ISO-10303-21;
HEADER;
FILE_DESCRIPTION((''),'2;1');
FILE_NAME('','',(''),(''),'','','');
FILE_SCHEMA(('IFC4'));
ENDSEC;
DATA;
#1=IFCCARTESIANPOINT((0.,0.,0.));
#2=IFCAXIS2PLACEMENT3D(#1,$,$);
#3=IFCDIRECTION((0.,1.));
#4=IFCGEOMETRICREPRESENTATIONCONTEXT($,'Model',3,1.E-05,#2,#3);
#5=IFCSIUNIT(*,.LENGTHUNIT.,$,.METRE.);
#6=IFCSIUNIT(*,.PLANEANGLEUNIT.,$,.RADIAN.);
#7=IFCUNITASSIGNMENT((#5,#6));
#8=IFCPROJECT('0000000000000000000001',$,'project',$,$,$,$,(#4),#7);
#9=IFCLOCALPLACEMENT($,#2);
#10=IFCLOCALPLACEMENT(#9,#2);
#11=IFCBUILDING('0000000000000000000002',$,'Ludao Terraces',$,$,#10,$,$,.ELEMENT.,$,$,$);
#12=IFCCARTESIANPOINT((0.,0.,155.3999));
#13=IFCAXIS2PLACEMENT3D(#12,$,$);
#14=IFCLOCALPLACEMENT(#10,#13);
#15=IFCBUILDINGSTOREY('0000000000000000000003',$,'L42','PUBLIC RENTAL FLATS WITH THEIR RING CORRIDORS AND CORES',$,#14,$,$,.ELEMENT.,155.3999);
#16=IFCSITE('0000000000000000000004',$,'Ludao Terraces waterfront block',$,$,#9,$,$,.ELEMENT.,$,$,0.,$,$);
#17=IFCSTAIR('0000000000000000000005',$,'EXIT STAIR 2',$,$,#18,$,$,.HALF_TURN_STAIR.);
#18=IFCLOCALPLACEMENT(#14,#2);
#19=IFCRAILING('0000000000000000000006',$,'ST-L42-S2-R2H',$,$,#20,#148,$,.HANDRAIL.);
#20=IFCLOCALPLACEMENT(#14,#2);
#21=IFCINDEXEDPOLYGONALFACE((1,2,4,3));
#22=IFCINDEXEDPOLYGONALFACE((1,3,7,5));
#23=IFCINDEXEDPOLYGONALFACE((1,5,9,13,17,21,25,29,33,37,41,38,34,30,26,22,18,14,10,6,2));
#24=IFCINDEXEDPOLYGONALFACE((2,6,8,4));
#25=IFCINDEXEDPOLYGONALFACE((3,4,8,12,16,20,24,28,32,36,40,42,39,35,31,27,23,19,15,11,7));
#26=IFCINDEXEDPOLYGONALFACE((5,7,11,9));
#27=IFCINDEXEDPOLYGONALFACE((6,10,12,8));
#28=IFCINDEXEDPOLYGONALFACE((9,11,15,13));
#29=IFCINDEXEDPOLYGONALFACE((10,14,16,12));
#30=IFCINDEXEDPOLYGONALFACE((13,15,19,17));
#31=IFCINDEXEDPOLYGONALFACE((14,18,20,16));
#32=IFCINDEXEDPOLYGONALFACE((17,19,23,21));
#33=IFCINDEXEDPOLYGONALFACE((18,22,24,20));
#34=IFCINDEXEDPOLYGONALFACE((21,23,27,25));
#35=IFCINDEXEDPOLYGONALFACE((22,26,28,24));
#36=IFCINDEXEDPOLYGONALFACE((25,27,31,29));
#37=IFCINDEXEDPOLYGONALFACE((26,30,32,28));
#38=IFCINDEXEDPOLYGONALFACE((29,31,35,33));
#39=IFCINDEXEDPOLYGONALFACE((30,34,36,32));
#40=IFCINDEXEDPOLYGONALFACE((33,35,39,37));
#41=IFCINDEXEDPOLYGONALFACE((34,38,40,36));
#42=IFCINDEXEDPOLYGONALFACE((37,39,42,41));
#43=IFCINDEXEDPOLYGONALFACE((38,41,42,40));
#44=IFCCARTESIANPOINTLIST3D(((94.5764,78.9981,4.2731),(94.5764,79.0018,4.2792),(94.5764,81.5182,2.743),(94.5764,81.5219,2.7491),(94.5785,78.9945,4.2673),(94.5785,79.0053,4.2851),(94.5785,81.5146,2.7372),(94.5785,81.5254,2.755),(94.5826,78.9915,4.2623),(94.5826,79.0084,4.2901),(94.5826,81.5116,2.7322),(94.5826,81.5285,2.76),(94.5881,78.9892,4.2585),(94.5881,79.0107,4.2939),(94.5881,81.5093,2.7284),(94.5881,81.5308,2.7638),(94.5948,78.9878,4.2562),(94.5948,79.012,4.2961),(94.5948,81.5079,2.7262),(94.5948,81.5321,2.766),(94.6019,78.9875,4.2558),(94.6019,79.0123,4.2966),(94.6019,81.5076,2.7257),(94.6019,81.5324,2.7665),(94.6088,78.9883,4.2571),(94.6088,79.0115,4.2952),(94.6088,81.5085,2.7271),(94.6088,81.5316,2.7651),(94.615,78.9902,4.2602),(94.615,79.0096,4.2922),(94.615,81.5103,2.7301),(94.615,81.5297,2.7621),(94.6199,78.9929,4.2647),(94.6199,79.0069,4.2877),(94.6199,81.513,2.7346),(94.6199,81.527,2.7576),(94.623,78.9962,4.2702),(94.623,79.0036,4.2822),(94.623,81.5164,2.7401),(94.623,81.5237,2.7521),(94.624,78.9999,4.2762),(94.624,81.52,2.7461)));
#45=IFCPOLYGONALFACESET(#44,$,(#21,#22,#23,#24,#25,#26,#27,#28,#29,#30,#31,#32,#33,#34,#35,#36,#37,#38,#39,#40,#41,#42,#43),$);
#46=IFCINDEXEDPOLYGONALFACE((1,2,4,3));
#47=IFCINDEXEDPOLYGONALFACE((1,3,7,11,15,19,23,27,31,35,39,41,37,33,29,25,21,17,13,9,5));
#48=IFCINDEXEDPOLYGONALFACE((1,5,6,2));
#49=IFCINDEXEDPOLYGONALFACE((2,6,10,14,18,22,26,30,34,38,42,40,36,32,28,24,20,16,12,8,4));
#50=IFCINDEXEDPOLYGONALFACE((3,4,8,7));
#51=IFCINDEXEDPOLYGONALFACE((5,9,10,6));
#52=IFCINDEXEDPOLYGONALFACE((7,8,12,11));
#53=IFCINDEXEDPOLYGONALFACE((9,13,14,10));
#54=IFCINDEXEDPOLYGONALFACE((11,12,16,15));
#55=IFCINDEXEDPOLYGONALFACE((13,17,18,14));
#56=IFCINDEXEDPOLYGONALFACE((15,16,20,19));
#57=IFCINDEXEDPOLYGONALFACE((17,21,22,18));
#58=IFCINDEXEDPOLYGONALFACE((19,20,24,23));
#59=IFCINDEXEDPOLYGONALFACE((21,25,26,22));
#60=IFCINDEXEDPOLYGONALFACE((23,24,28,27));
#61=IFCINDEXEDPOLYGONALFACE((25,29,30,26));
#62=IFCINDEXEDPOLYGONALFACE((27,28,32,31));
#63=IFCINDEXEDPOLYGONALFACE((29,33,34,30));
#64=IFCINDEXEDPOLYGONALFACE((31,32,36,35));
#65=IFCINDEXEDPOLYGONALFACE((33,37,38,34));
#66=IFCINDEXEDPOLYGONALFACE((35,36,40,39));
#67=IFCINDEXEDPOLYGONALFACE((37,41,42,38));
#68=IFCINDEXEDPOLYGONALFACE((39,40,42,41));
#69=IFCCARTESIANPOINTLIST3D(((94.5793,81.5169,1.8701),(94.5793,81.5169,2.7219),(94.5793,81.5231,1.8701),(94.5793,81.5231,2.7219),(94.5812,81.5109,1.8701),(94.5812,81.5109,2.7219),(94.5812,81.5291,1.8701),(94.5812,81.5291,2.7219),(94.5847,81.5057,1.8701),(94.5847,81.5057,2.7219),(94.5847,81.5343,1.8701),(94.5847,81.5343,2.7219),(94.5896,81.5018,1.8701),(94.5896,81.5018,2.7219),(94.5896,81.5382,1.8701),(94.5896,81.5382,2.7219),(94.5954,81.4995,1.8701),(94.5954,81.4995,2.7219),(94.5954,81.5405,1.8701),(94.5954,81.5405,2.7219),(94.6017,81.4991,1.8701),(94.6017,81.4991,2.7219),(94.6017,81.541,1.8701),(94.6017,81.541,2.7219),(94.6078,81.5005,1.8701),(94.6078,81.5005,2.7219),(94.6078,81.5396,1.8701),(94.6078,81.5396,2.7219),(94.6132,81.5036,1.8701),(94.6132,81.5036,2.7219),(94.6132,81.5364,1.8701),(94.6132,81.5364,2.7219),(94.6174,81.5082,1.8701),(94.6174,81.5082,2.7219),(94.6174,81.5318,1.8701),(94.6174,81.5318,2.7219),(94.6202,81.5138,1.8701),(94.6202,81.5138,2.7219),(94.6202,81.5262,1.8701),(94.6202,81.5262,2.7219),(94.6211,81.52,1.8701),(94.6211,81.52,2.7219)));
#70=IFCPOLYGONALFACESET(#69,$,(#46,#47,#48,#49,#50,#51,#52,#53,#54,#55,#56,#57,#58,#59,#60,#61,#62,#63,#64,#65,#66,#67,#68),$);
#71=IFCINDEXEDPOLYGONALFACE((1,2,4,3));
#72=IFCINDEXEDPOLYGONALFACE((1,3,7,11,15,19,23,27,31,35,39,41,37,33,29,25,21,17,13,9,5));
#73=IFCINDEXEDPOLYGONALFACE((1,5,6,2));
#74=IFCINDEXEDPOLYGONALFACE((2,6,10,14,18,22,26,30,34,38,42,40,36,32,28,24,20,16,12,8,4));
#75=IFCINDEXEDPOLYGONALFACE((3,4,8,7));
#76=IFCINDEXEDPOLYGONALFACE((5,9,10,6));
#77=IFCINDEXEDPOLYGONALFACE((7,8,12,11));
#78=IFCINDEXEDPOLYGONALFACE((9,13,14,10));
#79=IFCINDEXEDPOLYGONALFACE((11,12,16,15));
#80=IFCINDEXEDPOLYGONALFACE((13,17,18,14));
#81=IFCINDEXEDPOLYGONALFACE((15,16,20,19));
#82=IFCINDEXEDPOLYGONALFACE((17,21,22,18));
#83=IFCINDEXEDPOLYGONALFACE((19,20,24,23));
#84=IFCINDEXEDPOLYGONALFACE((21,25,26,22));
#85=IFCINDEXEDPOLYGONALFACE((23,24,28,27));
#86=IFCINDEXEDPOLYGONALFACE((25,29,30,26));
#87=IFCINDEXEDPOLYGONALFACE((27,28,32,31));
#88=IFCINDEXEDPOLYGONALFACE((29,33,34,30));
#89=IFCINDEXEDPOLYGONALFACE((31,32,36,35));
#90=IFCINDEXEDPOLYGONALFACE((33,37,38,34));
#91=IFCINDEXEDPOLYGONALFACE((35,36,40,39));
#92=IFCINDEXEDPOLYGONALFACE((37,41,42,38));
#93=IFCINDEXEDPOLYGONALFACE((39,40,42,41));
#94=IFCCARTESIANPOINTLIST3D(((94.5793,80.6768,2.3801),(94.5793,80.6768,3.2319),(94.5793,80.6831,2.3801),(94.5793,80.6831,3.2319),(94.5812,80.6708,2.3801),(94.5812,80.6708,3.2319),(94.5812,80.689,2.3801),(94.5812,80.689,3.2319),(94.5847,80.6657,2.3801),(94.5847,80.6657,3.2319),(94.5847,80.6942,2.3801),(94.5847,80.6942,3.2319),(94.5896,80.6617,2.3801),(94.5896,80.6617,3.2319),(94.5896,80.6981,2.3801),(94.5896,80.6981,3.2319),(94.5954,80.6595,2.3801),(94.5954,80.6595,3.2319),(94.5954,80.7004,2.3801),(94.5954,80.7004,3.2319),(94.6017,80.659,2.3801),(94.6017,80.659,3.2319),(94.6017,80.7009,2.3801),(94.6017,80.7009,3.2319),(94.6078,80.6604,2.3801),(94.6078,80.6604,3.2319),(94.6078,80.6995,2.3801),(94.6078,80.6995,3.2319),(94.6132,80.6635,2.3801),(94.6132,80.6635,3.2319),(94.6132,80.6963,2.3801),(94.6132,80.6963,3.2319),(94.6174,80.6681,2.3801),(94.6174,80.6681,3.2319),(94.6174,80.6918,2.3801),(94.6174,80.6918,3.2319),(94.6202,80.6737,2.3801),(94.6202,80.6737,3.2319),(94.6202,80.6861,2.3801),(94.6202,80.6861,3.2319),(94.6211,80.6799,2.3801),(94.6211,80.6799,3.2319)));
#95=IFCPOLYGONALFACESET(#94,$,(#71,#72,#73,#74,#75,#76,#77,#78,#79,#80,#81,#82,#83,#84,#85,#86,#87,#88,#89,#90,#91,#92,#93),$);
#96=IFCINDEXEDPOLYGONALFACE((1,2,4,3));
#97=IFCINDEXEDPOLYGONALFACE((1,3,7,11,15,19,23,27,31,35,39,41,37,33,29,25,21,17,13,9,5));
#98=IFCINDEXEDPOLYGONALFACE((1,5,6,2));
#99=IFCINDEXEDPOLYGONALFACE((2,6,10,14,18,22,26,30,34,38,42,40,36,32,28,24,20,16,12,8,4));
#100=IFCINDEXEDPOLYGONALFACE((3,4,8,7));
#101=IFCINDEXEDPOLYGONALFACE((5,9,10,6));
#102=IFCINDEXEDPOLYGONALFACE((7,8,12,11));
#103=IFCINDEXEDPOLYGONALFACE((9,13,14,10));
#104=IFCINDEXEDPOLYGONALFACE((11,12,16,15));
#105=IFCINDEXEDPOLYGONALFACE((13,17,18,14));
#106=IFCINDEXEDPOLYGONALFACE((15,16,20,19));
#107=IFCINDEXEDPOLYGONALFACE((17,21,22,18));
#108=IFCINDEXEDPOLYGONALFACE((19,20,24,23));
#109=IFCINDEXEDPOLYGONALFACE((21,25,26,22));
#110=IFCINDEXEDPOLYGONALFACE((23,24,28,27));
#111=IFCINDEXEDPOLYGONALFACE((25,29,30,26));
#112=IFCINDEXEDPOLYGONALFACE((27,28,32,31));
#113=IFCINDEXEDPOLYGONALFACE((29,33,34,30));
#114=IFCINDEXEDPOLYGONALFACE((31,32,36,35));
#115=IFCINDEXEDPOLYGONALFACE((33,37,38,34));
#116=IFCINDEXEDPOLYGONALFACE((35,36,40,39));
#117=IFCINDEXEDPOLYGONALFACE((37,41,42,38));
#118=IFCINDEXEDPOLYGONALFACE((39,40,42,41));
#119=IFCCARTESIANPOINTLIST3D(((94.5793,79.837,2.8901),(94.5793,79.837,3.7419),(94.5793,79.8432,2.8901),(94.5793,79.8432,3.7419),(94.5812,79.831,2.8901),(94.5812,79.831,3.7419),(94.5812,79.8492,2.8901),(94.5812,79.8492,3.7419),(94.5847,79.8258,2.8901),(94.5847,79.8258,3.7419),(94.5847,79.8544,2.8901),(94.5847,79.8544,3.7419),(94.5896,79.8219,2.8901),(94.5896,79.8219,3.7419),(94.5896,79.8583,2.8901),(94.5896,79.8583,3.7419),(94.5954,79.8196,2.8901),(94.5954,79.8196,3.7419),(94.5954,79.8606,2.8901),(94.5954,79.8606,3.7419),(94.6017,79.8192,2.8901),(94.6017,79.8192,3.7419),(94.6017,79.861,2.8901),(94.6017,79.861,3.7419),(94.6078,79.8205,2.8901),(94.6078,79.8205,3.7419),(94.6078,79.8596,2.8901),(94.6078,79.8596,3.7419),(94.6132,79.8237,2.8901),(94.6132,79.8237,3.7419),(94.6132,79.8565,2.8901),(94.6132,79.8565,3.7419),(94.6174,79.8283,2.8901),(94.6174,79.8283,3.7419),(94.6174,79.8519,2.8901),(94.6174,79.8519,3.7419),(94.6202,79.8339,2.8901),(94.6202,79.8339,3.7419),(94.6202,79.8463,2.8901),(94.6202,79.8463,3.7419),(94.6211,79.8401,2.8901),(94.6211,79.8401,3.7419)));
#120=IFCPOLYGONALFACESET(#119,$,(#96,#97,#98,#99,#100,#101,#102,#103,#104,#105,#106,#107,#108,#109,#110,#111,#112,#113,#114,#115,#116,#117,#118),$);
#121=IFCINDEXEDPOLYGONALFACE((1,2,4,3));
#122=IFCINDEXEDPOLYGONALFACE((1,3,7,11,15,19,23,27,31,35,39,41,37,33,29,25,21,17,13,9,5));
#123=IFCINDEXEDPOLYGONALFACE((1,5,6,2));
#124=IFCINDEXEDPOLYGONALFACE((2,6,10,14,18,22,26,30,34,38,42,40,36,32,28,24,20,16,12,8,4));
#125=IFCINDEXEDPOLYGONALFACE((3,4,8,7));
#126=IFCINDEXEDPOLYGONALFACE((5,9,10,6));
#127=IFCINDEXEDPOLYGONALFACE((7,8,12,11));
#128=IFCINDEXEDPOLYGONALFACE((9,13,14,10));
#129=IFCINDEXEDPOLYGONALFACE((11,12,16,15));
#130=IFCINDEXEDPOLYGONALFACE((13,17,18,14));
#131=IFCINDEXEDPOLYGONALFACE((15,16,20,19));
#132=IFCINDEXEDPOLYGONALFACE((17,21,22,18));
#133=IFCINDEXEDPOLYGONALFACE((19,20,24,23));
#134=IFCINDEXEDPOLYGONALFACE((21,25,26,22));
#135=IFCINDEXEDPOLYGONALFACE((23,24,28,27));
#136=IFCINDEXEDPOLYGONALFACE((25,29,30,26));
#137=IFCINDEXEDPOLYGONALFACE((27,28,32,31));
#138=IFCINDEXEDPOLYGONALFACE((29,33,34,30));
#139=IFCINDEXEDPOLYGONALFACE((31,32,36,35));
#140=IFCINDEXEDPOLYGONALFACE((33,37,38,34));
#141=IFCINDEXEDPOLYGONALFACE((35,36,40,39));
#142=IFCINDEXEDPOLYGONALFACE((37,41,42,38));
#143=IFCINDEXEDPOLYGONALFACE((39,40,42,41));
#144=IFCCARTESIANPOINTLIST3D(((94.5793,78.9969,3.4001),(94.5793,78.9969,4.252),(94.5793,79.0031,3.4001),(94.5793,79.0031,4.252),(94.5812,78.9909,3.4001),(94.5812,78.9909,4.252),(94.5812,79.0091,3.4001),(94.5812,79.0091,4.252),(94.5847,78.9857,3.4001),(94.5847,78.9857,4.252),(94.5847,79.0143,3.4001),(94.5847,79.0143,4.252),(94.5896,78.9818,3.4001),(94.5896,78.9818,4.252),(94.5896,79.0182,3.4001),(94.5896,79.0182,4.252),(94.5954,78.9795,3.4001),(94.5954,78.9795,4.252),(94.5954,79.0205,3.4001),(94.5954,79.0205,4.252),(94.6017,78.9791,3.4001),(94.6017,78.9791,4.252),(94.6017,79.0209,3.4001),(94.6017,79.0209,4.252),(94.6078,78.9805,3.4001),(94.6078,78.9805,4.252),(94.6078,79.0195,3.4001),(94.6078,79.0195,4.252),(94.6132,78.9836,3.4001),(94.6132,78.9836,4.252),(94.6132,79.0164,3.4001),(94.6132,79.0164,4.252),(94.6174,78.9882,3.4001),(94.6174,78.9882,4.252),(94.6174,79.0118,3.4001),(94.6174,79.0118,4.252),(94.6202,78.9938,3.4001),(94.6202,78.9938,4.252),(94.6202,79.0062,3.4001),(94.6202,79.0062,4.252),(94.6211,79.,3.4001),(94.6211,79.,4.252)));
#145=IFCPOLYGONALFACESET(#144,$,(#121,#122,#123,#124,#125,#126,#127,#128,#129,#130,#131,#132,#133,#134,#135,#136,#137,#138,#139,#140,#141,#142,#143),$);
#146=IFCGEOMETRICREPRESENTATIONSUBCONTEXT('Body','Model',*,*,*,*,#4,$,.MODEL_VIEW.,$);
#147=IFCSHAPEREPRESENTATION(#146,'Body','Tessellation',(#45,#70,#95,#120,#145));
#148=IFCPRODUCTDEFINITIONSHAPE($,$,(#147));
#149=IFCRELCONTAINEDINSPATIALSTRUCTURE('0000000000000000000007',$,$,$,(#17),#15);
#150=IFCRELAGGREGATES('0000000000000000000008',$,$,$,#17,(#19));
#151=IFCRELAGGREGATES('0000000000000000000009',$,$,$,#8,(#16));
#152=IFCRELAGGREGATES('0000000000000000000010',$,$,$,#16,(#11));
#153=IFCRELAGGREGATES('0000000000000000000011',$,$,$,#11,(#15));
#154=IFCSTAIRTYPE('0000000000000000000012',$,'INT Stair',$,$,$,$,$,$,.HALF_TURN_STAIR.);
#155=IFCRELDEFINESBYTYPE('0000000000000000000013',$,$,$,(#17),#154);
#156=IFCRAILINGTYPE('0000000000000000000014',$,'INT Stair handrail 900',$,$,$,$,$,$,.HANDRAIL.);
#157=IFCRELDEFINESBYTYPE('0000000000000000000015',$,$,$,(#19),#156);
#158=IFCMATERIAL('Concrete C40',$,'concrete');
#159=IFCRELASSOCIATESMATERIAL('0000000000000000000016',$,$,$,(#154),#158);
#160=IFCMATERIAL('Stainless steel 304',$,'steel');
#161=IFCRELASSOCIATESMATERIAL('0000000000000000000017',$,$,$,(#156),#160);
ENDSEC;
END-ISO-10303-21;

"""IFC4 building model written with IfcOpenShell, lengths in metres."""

from ifc_helpers import new_model, si_unit, direction, frame, origin, origin_2d, place, context, subcontext, project, spatial, circle, extrude, material, type_object, element, aggregate, save


model = new_model("IFC4")

# Units and contexts
model_context = context("Model", 3, precision=1e-05, world=origin(), true_north=direction((0.0, 1.0)))
body_context = subcontext(model_context, "Body", "Model", "MODEL_VIEW")
ifc_project = project(units=[si_unit("LENGTHUNIT", "METRE"), si_unit("PLANEANGLEUNIT", "RADIAN")], contexts=[model_context])

# Site, building, storey
site_placement = place(None, origin())
site = spatial("IfcSite", under=ifc_project, at=site_placement, Name="Ludao Terraces waterfront block", CompositionType="ELEMENT", RefElevation=0.0)
building_placement = place(site_placement, origin())
building = spatial("IfcBuilding", under=site, at=building_placement, Name="Ludao Terraces", CompositionType="ELEMENT")
storey_placement = place(building_placement, frame((0.0, 0.0, 155.3999)))
storey = spatial("IfcBuildingStorey", under=building, at=storey_placement, Name="L42", Description="PUBLIC RENTAL FLATS WITH THEIR RING CORRIDORS AND CORES", CompositionType="ELEMENT", Elevation=155.3999)

# Shared definitions
ifc_material_1 = material(Name="Stainless steel 304", Category="steel")

# Stair, railing
ifc_material_2 = material(Name="Concrete C40", Category="concrete")
stair_type = type_object("IfcStairType", Name="INT Stair", PredefinedType="HALF_TURN_STAIR", material=ifc_material_2)
stair_placement = place(storey_placement, origin())
stair = element("IfcStair", 1, at=stair_placement, inside=storey, type_object=stair_type, Name="EXIT STAIR 2", PredefinedType="HALF_TURN_STAIR")
railing_type_1 = type_object("IfcRailingType", Name="INT Stair handrail 900", PredefinedType="HANDRAIL", material=ifc_material_1)
railing_1_placement = place(storey_placement, frame((94.6001, 81.52, 1.8701)))
railing_1 = element("IfcRailing", 2, at=railing_1_placement, type_object=railing_type_1, Name="ST-L42-S2-R2H", PredefinedType="HANDRAIL", context=body_context, shape_type="SweptSolid", body=[
    extrude(circle(Radius=0.0239, at=origin_2d()), frame((0.0, 0.0, 0.876), z_axis=(0.0, -0.854785, 0.518982), x_axis=(1.0, 0.0, 0.0)), (0.0, 0.0, 1.0), 2.9482),
    extrude(circle(Radius=0.021, at=origin_2d()), origin(), (0.0, 0.0, 1.0), 0.8518),
    extrude(circle(Radius=0.021, at=origin_2d()), frame((0.0, -0.8401, 0.51)), (0.0, 0.0, 1.0), 0.8518),
    extrude(circle(Radius=0.021, at=origin_2d()), frame((0.0, -1.6799, 1.02)), (0.0, 0.0, 1.0), 0.8518),
    extrude(circle(Radius=0.021, at=origin_2d()), frame((0.0, -2.52, 1.53)), (0.0, 0.0, 1.0), 0.8518),
])
aggregate(stair, [railing_1])

save(model, "model.ifc")
